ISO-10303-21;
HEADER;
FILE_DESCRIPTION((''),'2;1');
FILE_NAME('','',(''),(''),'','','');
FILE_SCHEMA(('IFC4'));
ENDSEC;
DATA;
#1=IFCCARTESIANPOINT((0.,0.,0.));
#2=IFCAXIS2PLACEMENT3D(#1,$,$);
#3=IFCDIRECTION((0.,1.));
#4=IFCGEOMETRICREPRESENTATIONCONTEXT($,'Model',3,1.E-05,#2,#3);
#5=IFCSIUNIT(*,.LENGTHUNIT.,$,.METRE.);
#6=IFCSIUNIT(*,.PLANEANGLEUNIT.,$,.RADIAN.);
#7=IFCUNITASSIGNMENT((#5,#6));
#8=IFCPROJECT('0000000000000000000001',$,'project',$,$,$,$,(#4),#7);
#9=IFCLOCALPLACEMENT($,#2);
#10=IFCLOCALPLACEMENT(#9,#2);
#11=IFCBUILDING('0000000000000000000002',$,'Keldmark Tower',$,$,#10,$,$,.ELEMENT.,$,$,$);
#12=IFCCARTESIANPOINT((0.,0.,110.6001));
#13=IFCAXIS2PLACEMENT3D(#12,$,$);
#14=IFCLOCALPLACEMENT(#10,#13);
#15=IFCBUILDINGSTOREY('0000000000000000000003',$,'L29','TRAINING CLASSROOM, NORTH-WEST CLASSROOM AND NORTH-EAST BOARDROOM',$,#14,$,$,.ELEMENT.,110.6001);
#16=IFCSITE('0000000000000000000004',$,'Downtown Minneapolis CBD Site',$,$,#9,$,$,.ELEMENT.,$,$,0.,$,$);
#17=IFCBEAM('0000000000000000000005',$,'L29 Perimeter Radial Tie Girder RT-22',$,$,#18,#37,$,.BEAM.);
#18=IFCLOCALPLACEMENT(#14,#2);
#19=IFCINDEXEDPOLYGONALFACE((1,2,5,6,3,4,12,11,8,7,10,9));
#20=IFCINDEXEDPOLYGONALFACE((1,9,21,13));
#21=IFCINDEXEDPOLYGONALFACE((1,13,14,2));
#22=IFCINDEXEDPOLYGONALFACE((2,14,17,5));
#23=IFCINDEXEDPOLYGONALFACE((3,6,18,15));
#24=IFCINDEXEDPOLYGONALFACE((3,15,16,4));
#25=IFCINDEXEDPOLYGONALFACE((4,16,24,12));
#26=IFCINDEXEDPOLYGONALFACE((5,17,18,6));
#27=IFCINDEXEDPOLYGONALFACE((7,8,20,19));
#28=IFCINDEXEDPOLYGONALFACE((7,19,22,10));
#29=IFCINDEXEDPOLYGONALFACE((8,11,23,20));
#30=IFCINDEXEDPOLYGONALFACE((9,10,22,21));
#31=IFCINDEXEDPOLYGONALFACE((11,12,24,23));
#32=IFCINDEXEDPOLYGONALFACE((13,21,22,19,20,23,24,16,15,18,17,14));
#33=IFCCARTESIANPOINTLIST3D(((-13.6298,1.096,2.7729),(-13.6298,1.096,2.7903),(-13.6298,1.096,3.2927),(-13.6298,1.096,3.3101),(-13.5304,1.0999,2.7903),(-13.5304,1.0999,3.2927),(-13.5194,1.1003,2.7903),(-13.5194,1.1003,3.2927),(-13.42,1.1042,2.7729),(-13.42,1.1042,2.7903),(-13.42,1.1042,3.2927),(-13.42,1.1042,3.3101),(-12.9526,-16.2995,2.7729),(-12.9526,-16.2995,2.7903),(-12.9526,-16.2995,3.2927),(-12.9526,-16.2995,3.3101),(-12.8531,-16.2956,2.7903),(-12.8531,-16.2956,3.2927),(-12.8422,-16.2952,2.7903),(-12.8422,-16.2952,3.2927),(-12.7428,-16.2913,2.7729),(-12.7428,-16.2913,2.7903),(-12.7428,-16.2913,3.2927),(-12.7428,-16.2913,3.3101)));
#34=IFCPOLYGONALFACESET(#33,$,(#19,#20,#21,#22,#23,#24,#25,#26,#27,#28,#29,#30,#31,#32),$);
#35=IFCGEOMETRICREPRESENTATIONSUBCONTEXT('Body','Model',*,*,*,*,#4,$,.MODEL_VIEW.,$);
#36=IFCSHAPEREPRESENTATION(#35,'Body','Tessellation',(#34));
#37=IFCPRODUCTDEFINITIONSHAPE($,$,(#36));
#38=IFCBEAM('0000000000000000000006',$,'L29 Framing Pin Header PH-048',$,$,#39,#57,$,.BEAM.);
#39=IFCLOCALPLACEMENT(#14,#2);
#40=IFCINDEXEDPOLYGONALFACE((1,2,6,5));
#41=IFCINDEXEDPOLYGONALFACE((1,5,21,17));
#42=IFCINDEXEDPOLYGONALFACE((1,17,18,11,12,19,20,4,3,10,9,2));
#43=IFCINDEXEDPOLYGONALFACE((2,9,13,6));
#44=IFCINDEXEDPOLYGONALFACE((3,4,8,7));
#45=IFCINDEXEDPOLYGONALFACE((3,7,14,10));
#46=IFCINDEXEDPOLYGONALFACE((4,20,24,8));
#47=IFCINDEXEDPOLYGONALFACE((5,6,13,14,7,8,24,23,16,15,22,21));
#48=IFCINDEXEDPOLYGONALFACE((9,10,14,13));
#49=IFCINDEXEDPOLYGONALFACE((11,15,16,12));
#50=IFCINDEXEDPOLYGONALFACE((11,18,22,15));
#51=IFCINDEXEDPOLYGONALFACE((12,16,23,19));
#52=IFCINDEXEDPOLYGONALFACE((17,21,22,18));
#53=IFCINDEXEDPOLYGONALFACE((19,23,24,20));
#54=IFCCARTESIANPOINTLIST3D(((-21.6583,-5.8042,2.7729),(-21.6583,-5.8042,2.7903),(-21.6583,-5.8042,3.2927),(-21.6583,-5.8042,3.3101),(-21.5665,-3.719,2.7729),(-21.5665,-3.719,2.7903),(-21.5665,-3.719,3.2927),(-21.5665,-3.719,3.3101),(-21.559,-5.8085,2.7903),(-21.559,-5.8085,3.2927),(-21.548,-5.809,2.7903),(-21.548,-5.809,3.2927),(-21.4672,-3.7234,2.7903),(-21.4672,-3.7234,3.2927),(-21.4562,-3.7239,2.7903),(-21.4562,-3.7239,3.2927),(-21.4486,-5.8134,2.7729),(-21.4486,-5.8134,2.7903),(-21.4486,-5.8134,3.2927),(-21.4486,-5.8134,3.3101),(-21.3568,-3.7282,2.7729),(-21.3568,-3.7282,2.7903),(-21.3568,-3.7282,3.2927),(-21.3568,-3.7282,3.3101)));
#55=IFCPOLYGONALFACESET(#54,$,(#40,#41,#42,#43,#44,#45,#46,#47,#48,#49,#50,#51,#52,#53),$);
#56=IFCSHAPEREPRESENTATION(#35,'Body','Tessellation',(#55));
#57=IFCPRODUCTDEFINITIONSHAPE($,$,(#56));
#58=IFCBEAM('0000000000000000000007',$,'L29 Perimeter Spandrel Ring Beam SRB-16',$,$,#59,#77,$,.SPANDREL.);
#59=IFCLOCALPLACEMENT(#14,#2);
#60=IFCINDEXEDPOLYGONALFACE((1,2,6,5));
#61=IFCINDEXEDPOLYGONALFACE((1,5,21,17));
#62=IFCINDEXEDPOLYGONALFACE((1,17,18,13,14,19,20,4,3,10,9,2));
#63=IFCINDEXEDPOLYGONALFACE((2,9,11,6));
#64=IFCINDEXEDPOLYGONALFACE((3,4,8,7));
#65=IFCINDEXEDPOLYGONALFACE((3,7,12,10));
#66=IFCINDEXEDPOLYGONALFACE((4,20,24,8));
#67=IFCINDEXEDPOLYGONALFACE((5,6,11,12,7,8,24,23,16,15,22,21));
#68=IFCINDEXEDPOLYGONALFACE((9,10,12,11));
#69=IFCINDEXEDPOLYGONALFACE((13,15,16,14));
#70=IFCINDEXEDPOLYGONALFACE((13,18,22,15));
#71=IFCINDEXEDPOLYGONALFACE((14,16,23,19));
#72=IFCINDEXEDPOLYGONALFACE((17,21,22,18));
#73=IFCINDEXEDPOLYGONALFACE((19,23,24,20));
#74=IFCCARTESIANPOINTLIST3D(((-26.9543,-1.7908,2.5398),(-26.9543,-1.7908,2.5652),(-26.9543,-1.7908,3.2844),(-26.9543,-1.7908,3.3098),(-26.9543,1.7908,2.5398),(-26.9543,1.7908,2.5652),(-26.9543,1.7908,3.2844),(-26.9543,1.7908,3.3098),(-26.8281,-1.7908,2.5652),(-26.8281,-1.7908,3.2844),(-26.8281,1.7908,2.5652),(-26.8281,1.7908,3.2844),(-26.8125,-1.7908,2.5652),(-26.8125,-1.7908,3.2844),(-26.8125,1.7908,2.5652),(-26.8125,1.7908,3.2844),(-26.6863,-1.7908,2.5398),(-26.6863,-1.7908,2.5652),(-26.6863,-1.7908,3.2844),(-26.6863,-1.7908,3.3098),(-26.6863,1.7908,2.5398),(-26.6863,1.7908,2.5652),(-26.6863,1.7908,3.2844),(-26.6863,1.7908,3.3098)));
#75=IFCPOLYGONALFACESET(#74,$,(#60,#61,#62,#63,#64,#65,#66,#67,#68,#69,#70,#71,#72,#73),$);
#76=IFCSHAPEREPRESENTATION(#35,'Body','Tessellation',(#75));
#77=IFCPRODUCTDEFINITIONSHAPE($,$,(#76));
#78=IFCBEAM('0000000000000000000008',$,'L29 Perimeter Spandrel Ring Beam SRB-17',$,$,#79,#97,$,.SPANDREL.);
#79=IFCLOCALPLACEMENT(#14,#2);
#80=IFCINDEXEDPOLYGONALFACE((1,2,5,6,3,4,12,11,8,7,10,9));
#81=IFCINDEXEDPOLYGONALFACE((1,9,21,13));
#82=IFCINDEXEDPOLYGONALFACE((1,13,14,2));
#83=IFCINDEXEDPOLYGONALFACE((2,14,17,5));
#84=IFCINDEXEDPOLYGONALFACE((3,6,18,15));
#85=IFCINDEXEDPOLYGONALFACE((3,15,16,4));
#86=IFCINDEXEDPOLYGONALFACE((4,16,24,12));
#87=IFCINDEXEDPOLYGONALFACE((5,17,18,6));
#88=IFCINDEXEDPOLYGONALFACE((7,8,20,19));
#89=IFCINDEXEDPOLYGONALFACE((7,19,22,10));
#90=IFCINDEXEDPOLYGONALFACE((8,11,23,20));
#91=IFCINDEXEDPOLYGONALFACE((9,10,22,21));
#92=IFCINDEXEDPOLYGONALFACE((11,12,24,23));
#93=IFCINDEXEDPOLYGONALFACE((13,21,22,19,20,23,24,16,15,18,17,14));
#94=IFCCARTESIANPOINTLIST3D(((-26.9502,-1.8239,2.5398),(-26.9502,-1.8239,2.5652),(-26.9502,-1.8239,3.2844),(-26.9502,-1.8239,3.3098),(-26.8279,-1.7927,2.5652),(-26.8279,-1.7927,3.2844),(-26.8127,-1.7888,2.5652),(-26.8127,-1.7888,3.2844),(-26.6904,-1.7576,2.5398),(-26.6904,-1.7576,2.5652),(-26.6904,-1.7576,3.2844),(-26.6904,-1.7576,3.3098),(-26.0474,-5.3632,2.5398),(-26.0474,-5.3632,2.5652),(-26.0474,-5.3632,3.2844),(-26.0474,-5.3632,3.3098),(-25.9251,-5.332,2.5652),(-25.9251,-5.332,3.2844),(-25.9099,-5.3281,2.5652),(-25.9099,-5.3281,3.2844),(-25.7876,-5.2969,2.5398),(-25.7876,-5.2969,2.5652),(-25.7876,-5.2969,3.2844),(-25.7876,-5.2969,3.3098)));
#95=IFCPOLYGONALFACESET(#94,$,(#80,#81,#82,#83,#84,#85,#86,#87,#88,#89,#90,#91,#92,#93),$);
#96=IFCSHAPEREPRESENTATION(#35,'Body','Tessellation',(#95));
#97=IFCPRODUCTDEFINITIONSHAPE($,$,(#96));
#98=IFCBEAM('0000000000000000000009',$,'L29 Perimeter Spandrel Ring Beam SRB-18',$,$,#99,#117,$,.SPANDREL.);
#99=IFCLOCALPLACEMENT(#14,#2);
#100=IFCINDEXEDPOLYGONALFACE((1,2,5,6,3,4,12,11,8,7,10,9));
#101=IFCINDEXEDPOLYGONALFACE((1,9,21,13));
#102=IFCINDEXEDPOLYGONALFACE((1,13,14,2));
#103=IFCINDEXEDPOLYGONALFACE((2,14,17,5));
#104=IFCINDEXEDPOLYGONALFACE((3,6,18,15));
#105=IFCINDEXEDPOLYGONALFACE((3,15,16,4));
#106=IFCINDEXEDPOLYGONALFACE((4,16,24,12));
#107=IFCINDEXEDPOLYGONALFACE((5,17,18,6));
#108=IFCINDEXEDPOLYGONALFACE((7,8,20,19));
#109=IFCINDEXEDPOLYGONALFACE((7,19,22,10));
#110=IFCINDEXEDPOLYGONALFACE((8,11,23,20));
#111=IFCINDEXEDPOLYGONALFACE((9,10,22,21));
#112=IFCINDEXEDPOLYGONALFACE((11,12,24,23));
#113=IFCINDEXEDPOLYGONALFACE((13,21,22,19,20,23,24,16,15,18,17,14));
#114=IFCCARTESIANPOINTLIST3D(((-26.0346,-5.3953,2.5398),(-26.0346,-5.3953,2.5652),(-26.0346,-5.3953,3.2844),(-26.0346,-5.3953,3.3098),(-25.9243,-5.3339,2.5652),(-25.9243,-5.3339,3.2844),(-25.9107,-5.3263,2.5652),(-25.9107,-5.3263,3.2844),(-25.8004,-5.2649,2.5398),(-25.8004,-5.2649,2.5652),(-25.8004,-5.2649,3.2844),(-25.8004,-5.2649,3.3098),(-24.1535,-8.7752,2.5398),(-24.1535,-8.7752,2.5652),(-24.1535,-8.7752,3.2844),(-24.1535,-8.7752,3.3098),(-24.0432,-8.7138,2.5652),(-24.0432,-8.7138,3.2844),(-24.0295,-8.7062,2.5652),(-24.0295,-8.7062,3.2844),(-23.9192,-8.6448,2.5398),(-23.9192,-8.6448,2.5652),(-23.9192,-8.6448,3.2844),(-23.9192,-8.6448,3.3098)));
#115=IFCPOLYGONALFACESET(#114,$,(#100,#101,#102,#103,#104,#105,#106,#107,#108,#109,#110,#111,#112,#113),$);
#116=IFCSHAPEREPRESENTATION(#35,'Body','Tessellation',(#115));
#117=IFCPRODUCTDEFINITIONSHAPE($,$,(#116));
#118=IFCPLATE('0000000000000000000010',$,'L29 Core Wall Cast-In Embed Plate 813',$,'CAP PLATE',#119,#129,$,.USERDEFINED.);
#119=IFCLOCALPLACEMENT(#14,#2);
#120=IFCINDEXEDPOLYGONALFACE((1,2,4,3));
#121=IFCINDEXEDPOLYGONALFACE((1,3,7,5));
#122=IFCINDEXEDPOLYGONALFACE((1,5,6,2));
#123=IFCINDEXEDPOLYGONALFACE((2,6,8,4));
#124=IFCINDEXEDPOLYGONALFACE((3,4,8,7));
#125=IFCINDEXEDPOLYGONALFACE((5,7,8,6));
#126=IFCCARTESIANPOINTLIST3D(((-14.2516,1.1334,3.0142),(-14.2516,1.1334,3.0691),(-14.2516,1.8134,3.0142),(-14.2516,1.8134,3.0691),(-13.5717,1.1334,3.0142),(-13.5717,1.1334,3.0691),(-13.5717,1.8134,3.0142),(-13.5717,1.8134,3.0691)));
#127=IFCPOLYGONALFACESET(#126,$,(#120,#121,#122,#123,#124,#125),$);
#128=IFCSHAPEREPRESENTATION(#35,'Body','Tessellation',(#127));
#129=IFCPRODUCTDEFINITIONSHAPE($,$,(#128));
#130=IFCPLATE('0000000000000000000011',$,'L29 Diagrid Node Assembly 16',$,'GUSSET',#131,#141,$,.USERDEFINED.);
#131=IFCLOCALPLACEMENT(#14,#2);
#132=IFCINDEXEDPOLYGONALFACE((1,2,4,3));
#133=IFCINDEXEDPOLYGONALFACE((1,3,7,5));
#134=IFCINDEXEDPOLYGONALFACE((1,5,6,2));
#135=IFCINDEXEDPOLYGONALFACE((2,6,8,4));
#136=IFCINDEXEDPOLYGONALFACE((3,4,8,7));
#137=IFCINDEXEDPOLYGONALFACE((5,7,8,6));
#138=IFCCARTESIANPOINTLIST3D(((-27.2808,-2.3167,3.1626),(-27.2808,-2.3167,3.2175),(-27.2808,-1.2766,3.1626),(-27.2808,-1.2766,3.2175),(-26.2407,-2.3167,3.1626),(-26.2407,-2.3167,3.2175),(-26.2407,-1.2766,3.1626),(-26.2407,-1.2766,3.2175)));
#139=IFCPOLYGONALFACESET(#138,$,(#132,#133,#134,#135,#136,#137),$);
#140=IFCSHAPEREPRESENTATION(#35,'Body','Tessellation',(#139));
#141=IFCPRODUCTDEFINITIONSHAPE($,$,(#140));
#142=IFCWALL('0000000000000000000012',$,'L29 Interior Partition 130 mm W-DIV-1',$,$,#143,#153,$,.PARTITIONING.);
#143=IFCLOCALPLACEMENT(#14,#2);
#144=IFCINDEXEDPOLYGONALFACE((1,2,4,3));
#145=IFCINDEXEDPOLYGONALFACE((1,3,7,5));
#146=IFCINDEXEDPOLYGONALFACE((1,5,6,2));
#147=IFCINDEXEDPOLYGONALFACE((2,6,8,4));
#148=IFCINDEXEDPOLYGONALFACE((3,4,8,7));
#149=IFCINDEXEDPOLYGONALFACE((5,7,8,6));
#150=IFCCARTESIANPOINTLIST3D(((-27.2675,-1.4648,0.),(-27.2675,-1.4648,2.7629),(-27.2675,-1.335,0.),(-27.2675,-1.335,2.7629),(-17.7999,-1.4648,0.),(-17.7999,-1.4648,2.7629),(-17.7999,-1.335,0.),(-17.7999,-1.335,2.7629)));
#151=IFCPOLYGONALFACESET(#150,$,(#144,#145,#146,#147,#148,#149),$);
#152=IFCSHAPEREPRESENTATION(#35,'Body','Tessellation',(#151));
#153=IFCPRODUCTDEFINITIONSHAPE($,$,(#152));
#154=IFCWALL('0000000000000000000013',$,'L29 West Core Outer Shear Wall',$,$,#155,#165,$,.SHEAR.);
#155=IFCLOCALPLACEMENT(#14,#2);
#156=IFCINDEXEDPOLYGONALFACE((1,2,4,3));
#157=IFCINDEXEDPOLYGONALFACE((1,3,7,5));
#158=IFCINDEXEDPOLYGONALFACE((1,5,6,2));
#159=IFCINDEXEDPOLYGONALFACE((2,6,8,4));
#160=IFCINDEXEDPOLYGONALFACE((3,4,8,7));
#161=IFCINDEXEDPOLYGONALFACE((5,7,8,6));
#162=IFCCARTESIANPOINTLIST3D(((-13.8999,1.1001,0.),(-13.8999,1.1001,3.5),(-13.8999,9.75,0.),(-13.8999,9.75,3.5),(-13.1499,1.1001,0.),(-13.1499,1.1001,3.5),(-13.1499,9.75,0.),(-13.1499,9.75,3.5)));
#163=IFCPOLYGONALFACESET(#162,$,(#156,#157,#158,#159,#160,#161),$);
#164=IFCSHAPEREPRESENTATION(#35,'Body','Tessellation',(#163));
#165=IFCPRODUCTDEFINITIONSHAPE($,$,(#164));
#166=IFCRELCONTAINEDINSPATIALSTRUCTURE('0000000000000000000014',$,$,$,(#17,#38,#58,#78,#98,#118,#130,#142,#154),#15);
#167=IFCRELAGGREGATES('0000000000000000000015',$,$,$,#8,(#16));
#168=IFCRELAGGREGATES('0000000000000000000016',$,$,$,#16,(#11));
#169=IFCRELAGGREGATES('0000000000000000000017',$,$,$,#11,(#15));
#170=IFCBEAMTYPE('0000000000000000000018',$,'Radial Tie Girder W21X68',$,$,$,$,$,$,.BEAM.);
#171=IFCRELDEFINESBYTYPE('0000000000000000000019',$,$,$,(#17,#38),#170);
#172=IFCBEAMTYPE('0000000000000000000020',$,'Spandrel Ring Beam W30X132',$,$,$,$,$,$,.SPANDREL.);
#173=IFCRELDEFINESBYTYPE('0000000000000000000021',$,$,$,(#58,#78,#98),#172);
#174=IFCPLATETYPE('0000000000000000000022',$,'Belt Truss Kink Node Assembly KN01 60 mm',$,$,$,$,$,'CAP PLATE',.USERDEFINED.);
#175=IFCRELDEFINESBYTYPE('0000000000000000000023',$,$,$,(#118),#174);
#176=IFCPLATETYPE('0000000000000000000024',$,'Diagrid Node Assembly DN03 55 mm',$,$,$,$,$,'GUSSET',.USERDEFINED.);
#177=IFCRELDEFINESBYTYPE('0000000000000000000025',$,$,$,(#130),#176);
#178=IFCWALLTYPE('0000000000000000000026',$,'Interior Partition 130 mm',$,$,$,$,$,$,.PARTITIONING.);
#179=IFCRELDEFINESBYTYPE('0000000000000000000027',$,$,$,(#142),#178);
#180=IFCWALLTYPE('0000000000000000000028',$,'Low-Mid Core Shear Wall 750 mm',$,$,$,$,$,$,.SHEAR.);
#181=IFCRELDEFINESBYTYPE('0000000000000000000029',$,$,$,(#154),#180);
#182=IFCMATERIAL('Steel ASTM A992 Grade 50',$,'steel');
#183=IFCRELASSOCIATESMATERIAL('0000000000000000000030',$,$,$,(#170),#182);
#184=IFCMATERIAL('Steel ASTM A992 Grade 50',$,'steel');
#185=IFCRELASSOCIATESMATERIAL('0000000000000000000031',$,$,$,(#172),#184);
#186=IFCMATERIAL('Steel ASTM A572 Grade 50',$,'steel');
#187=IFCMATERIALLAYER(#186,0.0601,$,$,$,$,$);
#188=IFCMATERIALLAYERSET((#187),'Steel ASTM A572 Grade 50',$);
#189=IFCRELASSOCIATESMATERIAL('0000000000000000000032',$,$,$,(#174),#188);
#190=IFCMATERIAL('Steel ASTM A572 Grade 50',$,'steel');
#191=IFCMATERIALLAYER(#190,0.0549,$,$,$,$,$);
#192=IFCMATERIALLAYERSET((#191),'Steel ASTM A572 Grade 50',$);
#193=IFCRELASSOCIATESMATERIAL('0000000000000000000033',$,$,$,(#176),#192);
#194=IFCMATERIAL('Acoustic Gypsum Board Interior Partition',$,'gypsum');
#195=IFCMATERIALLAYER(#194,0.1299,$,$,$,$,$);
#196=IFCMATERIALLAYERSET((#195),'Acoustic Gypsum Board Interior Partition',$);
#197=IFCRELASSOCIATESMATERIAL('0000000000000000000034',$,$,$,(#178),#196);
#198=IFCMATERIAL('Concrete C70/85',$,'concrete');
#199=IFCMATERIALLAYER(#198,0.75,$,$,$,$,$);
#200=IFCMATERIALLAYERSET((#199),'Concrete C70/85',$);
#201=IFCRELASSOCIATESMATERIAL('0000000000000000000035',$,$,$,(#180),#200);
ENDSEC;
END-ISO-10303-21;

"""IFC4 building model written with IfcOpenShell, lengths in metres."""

from ifc_helpers import new_model, si_unit, direction, frame, frame_2d, origin, origin_2d, place, context, subcontext, project, spatial, rectangle, i_section, extrude, material, layer, layer_set, material_profile, profile_set, type_object, element, save


model = new_model("IFC4")

# Units and contexts
model_context = context("Model", 3, precision=1e-05, world=origin(), true_north=direction((0.0, 1.0)))
body_context = subcontext(model_context, "Body", "Model", "MODEL_VIEW")
ifc_project = project(units=[si_unit("LENGTHUNIT", "METRE"), si_unit("PLANEANGLEUNIT", "RADIAN")], contexts=[model_context])

# Site, building, storey
site_placement = place(None, origin())
site = spatial("IfcSite", under=ifc_project, at=site_placement, Name="Downtown Minneapolis CBD Site", CompositionType="ELEMENT", RefElevation=0.0)
building_placement = place(site_placement, origin())
building = spatial("IfcBuilding", under=site, at=building_placement, Name="Keldmark Tower", CompositionType="ELEMENT")
storey_placement = place(building_placement, frame((0.0, 0.0, 110.6001)))
storey = spatial("IfcBuildingStorey", under=building, at=storey_placement, Name="L29", Description="TRAINING CLASSROOM, NORTH-WEST CLASSROOM AND NORTH-EAST BOARDROOM", CompositionType="ELEMENT", Elevation=110.6001)

# Beams
ifc_material_1 = material(Name="Steel ASTM A992 Grade 50", Category="steel")
ifc_material_profile_1 = material_profile(ifc_material_1, i_section(OverallWidth=0.21, OverallDepth=0.5371, WebThickness=0.011, FlangeThickness=0.0173, at=origin_2d()), Name="W21X68")
ifc_profile_set_1 = profile_set([ifc_material_profile_1], Name="Steel ASTM A992 Grade 50")
beam_type_1 = type_object("IfcBeamType", Name="Radial Tie Girder W21X68", PredefinedType="BEAM", material=ifc_profile_set_1)
beam_1_placement = place(storey_placement, frame((-13.5249, 1.1001, 3.0415), z_axis=(0.038903, -0.999243, 0.0), x_axis=(0.999243, 0.038903, 0.0)))
element("IfcBeam", 1, at=beam_1_placement, inside=storey, type_object=beam_type_1, Name="L29 Perimeter Radial Tie Girder RT-22", PredefinedType="BEAM", context=body_context, shape_type="SweptSolid", body=[
    extrude(i_section(OverallWidth=0.21, OverallDepth=0.5371, WebThickness=0.011, FlangeThickness=0.0173, at=origin_2d()), origin(), (0.0, 0.0, 1.0), 17.4087),
])
beam_2_placement = place(storey_placement, frame((-21.4617, -3.7236, 3.0415), z_axis=(-0.04398, -0.999032, 0.0), x_axis=(0.999032, -0.04398, 0.0)))
element("IfcBeam", 2, at=beam_2_placement, inside=storey, type_object=beam_type_1, Name="L29 Framing Pin Header PH-048", PredefinedType="BEAM", context=body_context, shape_type="SweptSolid", body=[
    extrude(i_section(OverallWidth=0.21, OverallDepth=0.5371, WebThickness=0.011, FlangeThickness=0.0173, at=origin_2d()), origin(), (0.0, 0.0, 1.0), 2.0872),
])
ifc_material_2 = material(Name="Steel ASTM A992 Grade 50", Category="steel")
ifc_material_profile_2 = material_profile(ifc_material_2, i_section(OverallWidth=0.2681, OverallDepth=0.77, WebThickness=0.0156, FlangeThickness=0.0254, at=origin_2d()), Name="W30X132")
ifc_profile_set_2 = profile_set([ifc_material_profile_2], Name="Steel ASTM A992 Grade 50")
beam_type_2 = type_object("IfcBeamType", Name="Spandrel Ring Beam W30X132", PredefinedType="SPANDREL", material=ifc_profile_set_2)
beam_3_placement = place(storey_placement, frame((-26.8203, 1.7908, 2.9248), z_axis=(0.0, -1.0, 0.0), x_axis=(1.0, 0.0, 0.0)))
element("IfcBeam", 3, at=beam_3_placement, inside=storey, type_object=beam_type_2, Name="L29 Perimeter Spandrel Ring Beam SRB-16", PredefinedType="SPANDREL", context=body_context, shape_type="SweptSolid", body=[
    extrude(i_section(OverallWidth=0.2681, OverallDepth=0.77, WebThickness=0.0156, FlangeThickness=0.0254, at=origin_2d()), origin(), (0.0, 0.0, 1.0), 3.5815),
])
beam_4_placement = place(storey_placement, frame((-26.8203, -1.7908, 2.9248), z_axis=(0.247172, -0.968972, 0.0), x_axis=(0.968972, 0.247172, 0.0)))
element("IfcBeam", 4, at=beam_4_placement, inside=storey, type_object=beam_type_2, Name="L29 Perimeter Spandrel Ring Beam SRB-17", PredefinedType="SPANDREL", context=body_context, shape_type="SweptSolid", body=[
    extrude(i_section(OverallWidth=0.2681, OverallDepth=0.77, WebThickness=0.0156, FlangeThickness=0.0254, at=origin_2d()), origin(), (0.0, 0.0, 1.0), 3.6526),
])
beam_5_placement = place(storey_placement, frame((-25.9175, -5.3301, 2.9248), z_axis=(0.486313, -0.873785, 0.0), x_axis=(0.873785, 0.486313, 0.0)))
element("IfcBeam", 5, at=beam_5_placement, inside=storey, type_object=beam_type_2, Name="L29 Perimeter Spandrel Ring Beam SRB-18", PredefinedType="SPANDREL", context=body_context, shape_type="SweptSolid", body=[
    extrude(i_section(OverallWidth=0.2681, OverallDepth=0.77, WebThickness=0.0156, FlangeThickness=0.0254, at=origin_2d()), origin(), (0.0, 0.0, 1.0), 3.8682),
])

# Plates
ifc_material_3 = material(Name="Steel ASTM A572 Grade 50", Category="steel")
ifc_layer_1 = layer(ifc_material_3, 0.0601)
ifc_layer_set_1 = layer_set([ifc_layer_1], Name="Steel ASTM A572 Grade 50")
plate_type_1 = type_object("IfcPlateType", Name="Belt Truss Kink Node Assembly KN01 60 mm", ElementType="CAP PLATE", PredefinedType="USERDEFINED", material=ifc_layer_set_1)
plate_1_placement = place(storey_placement, frame((-13.9116, 1.4734, 3.0142), z_axis=(0.0, 0.0, 1.0), x_axis=(1.0, 0.0, 0.0)))
element("IfcPlate", 6, at=plate_1_placement, inside=storey, type_object=plate_type_1, Name="L29 Core Wall Cast-In Embed Plate 813", ObjectType="CAP PLATE", PredefinedType="USERDEFINED", context=body_context, shape_type="SweptSolid", body=[
    extrude(rectangle(XDim=0.6799, YDim=0.6799, at=origin_2d()), origin(), (0.0, 0.0, 1.0), 0.0549),
])
ifc_material_4 = material(Name="Steel ASTM A572 Grade 50", Category="steel")
ifc_layer_2 = layer(ifc_material_4, 0.0549)
ifc_layer_set_2 = layer_set([ifc_layer_2], Name="Steel ASTM A572 Grade 50")
plate_type_2 = type_object("IfcPlateType", Name="Diagrid Node Assembly DN03 55 mm", ElementType="GUSSET", PredefinedType="USERDEFINED", material=ifc_layer_set_2)
plate_2_placement = place(storey_placement, frame((-26.7607, -1.7966, 3.1626), z_axis=(0.0, 0.0, 1.0), x_axis=(0.0, -1.0, 0.0)))
element("IfcPlate", 7, at=plate_2_placement, inside=storey, type_object=plate_type_2, Name="L29 Diagrid Node Assembly 16", ObjectType="GUSSET", PredefinedType="USERDEFINED", context=body_context, shape_type="SweptSolid", body=[
    extrude(rectangle(XDim=1.04, YDim=1.04, at=origin_2d()), origin(), (0.0, 0.0, 1.0), 0.0549),
])

# Walls
ifc_material_5 = material(Name="Acoustic Gypsum Board Interior Partition", Category="gypsum")
ifc_layer_3 = layer(ifc_material_5, 0.1299)
ifc_layer_set_3 = layer_set([ifc_layer_3], Name="Acoustic Gypsum Board Interior Partition")
wall_type_1 = type_object("IfcWallType", Name="Interior Partition 130 mm", PredefinedType="PARTITIONING", material=ifc_layer_set_3)
wall_1_placement = place(storey_placement, frame((-27.2676, -1.3999, 0.0), z_axis=(0.0, 0.0, 1.0), x_axis=(1.0, 0.0, 0.0)))
element("IfcWall", 8, at=wall_1_placement, inside=storey, type_object=wall_type_1, Name="L29 Interior Partition 130 mm W-DIV-1", PredefinedType="PARTITIONING", context=body_context, shape_type="SweptSolid", body=[
    extrude(rectangle(XDim=9.4675, YDim=0.1299, at=frame_2d((4.7339, 0.0))), origin(), (0.0, 0.0, 1.0), 2.7629),
])
ifc_material_6 = material(Name="Concrete C70/85", Category="concrete")
ifc_layer_4 = layer(ifc_material_6, 0.75)
ifc_layer_set_4 = layer_set([ifc_layer_4], Name="Concrete C70/85")
wall_type_2 = type_object("IfcWallType", Name="Low-Mid Core Shear Wall 750 mm", PredefinedType="SHEAR", material=ifc_layer_set_4)
wall_2_placement = place(storey_placement, frame((-13.5249, 1.1001, 0.0), z_axis=(0.0, 0.0, 1.0), x_axis=(0.0, 1.0, 0.0)))
element("IfcWall", 9, at=wall_2_placement, inside=storey, type_object=wall_type_2, Name="L29 West Core Outer Shear Wall", PredefinedType="SHEAR", context=body_context, shape_type="SweptSolid", body=[
    extrude(rectangle(XDim=8.6499, YDim=0.75, at=frame_2d((4.325, 0.0))), origin(), (0.0, 0.0, 1.0), 3.5),
])

save(model, "model.ifc")
